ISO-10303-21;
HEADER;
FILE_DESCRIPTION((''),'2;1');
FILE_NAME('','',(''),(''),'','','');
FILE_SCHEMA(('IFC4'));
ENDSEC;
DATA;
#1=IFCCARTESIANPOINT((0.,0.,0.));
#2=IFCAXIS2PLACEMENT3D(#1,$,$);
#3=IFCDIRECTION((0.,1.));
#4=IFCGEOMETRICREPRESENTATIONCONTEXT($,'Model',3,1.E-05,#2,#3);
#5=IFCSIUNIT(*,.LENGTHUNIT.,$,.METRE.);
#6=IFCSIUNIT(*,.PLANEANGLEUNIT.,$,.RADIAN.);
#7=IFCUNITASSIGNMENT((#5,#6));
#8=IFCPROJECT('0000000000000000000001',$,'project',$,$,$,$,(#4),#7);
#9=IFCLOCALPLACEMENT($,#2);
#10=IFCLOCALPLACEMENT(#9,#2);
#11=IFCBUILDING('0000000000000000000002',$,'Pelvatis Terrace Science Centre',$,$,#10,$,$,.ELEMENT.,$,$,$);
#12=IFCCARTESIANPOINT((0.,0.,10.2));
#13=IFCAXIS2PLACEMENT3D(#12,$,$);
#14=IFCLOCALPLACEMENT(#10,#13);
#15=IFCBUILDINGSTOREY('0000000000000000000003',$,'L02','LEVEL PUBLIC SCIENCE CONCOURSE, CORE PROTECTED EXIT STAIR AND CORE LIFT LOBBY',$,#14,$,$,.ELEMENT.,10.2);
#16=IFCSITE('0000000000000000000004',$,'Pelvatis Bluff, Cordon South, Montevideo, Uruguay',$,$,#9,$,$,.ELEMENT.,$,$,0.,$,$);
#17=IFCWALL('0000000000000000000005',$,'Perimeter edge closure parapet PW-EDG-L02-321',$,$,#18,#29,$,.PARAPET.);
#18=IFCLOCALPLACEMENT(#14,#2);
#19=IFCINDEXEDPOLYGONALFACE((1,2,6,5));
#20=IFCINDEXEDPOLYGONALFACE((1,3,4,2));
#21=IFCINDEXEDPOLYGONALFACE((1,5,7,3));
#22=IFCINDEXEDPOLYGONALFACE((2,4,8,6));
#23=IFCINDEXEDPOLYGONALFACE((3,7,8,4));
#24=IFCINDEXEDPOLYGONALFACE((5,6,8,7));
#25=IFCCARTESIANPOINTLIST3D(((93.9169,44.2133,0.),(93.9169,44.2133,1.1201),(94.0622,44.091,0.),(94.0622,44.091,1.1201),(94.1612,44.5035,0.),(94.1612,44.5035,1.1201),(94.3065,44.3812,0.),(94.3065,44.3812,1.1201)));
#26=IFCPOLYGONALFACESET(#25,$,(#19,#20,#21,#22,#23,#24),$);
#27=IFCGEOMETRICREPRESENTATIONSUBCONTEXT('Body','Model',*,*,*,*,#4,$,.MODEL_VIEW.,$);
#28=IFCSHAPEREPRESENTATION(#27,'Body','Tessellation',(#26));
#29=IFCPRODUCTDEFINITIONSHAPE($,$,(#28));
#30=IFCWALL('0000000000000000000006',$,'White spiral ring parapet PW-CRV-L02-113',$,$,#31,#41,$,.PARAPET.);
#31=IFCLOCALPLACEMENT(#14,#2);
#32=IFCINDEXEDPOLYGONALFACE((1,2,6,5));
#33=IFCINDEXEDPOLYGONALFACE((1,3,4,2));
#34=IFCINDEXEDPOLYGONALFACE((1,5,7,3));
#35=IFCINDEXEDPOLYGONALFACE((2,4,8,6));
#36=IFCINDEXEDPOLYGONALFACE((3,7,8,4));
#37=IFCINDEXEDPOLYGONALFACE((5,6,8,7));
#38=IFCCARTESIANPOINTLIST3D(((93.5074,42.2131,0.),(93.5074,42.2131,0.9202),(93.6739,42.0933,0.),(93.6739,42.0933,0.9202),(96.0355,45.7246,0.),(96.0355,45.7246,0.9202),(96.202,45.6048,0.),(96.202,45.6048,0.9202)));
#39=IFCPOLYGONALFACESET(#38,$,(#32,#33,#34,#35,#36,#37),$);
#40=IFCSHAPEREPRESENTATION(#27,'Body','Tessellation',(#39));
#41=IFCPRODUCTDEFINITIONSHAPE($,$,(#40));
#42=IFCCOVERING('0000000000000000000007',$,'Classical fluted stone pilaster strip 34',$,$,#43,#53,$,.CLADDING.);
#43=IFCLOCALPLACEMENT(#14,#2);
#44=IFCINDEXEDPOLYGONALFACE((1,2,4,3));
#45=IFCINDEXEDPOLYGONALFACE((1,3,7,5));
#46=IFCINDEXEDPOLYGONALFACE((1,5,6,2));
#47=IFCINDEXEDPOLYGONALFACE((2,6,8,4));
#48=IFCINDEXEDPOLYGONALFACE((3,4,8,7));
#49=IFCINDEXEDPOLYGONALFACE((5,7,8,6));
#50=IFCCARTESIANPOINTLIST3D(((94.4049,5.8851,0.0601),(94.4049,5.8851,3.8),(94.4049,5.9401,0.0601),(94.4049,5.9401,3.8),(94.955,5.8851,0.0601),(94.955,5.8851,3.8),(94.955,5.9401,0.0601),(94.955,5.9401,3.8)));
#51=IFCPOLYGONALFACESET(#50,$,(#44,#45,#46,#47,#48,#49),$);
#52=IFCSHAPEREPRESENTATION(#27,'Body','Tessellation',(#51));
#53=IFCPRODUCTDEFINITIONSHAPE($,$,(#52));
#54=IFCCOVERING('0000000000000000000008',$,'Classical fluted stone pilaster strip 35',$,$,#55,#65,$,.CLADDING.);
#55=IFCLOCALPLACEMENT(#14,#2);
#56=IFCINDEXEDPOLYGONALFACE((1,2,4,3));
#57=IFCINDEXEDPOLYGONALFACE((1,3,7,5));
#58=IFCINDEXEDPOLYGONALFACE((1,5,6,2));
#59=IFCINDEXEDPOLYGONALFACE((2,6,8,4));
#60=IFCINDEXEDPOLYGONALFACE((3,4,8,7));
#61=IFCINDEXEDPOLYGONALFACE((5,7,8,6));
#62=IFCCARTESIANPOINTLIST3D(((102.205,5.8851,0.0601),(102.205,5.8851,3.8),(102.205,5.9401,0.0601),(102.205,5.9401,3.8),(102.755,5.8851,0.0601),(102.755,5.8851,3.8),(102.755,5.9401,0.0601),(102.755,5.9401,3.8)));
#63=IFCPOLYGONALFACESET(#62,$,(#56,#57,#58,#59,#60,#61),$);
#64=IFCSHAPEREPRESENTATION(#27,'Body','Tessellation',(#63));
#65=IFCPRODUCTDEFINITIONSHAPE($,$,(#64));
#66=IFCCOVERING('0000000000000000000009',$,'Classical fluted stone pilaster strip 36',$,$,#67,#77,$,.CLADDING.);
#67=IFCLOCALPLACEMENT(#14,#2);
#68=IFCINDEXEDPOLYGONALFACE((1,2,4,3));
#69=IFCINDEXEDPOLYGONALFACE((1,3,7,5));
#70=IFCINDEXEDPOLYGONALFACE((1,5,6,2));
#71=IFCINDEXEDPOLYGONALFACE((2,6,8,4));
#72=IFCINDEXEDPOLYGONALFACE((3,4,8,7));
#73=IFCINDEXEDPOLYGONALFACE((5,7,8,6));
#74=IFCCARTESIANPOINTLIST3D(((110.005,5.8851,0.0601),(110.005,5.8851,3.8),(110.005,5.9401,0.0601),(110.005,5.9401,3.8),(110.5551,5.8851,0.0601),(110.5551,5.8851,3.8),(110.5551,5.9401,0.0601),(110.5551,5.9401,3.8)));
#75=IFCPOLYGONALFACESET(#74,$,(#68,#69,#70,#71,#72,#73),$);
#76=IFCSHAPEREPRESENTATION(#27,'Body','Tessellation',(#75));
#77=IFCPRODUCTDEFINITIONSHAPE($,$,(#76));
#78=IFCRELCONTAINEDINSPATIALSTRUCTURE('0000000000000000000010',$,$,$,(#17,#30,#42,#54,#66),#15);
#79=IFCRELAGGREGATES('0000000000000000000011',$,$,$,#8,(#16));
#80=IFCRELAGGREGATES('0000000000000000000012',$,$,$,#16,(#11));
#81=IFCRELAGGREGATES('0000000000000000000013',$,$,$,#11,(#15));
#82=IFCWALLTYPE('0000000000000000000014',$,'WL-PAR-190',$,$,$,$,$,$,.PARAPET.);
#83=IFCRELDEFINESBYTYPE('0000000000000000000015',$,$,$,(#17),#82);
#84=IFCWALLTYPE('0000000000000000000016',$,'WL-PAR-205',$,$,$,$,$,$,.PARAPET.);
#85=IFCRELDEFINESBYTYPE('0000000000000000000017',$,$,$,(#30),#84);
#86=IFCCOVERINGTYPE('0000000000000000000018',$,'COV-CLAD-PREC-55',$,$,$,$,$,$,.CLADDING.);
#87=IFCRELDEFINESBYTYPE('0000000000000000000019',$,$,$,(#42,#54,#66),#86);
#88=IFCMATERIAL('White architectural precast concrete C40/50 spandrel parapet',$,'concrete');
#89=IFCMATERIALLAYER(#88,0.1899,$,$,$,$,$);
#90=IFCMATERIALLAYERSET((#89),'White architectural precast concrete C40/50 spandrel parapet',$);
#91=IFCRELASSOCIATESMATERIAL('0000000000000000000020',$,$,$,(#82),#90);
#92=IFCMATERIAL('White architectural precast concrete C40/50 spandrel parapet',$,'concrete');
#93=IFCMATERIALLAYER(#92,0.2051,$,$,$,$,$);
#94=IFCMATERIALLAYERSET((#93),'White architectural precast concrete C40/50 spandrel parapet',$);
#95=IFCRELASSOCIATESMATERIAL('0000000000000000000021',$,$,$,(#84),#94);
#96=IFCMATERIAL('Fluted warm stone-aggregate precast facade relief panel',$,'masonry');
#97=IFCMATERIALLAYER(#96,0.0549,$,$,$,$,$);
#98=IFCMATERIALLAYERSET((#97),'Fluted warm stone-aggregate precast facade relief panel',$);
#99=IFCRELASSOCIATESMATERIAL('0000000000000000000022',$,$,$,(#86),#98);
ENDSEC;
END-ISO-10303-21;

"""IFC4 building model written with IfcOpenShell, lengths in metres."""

from ifc_helpers import new_model, si_unit, direction, frame, frame_2d, origin, origin_2d, place, context, subcontext, project, spatial, rectangle, extrude, material, layer, layer_set, type_object, element, save


model = new_model("IFC4")

# Units and contexts
model_context = context("Model", 3, precision=1e-05, world=origin(), true_north=direction((0.0, 1.0)))
body_context = subcontext(model_context, "Body", "Model", "MODEL_VIEW")
ifc_project = project(units=[si_unit("LENGTHUNIT", "METRE"), si_unit("PLANEANGLEUNIT", "RADIAN")], contexts=[model_context])

# Site, building, storey
site_placement = place(None, origin())
site = spatial("IfcSite", under=ifc_project, at=site_placement, Name="Pelvatis Bluff, Cordon South, Montevideo, Uruguay", CompositionType="ELEMENT", RefElevation=0.0)
building_placement = place(site_placement, origin())
building = spatial("IfcBuilding", under=site, at=building_placement, Name="Pelvatis Terrace Science Centre", CompositionType="ELEMENT")
storey_placement = place(building_placement, frame((0.0, 0.0, 10.2)))
storey = spatial("IfcBuildingStorey", under=building, at=storey_placement, Name="L02", Description="LEVEL PUBLIC SCIENCE CONCOURSE, CORE PROTECTED EXIT STAIR AND CORE LIFT LOBBY", CompositionType="ELEMENT", Elevation=10.2)

# Walls
ifc_material_1 = material(Name="White architectural precast concrete C40/50 spandrel parapet", Category="concrete")
ifc_layer_1 = layer(ifc_material_1, 0.1899)
ifc_layer_set_1 = layer_set([ifc_layer_1], Name="White architectural precast concrete C40/50 spandrel parapet")
wall_type_1 = type_object("IfcWallType", Name="WL-PAR-190", PredefinedType="PARAPET", material=ifc_layer_set_1)
wall_1_placement = place(storey_placement, frame((94.2339, 44.4424, 0.0), z_axis=(0.0, 0.0, 1.0), x_axis=(-0.644037, -0.764995, 0.0)))
element("IfcWall", 1, at=wall_1_placement, inside=storey, type_object=wall_type_1, Name="Perimeter edge closure parapet PW-EDG-L02-321", PredefinedType="PARAPET", context=body_context, shape_type="SweptSolid", body=[
    extrude(rectangle(XDim=0.3794, YDim=0.1899, at=frame_2d((0.1897, 0.0))), origin(), (0.0, 0.0, 1.0), 1.1201),
])
ifc_material_2 = material(Name="White architectural precast concrete C40/50 spandrel parapet", Category="concrete")
ifc_layer_2 = layer(ifc_material_2, 0.2051)
ifc_layer_set_2 = layer_set([ifc_layer_2], Name="White architectural precast concrete C40/50 spandrel parapet")
wall_type_2 = type_object("IfcWallType", Name="WL-PAR-205", PredefinedType="PARAPET", material=ifc_layer_set_2)
wall_2_placement = place(storey_placement, frame((93.5906, 42.1531, 0.0), z_axis=(0.0, 0.0, 1.0), x_axis=(0.584276, 0.811555, 0.0)))
element("IfcWall", 2, at=wall_2_placement, inside=storey, type_object=wall_type_2, Name="White spiral ring parapet PW-CRV-L02-113", PredefinedType="PARAPET", context=body_context, shape_type="SweptSolid", body=[
    extrude(rectangle(XDim=4.3269, YDim=0.2051, at=frame_2d((2.1636, 0.0))), origin(), (0.0, 0.0, 1.0), 0.9202),
])

# Coverings
ifc_material_3 = material(Name="Fluted warm stone-aggregate precast facade relief panel", Category="masonry")
ifc_layer_3 = layer(ifc_material_3, 0.0549)
ifc_layer_set_3 = layer_set([ifc_layer_3], Name="Fluted warm stone-aggregate precast facade relief panel")
covering_type = type_object("IfcCoveringType", Name="COV-CLAD-PREC-55", PredefinedType="CLADDING", material=ifc_layer_set_3)
for number, where, z_axis, x_axis, name in (
    (3, (94.6799, 5.9126, 0.0601), (0.0, 0.0, 1.0), (1.0, 0.0, 0.0), "Classical fluted stone pilaster strip 34"),
    (4, (102.48, 5.9126, 0.0601), (0.0, 0.0, 1.0), (1.0, 0.0, 0.0), "Classical fluted stone pilaster strip 35"),
    (5, (110.28, 5.9126, 0.0601), (0.0, 0.0, 1.0), (1.0, 0.0, 0.0), "Classical fluted stone pilaster strip 36"),
):
    element("IfcCovering", number, at=place(storey_placement, frame(where, z_axis=z_axis, x_axis=x_axis)), inside=storey, type_object=covering_type, Name=name, PredefinedType="CLADDING", context=body_context, shape_type="SweptSolid", body=[
        extrude(rectangle(XDim=0.55, YDim=0.0549, at=origin_2d()), origin(), (0.0, 0.0, 1.0), 3.74),
    ])

save(model, "model.ifc")
